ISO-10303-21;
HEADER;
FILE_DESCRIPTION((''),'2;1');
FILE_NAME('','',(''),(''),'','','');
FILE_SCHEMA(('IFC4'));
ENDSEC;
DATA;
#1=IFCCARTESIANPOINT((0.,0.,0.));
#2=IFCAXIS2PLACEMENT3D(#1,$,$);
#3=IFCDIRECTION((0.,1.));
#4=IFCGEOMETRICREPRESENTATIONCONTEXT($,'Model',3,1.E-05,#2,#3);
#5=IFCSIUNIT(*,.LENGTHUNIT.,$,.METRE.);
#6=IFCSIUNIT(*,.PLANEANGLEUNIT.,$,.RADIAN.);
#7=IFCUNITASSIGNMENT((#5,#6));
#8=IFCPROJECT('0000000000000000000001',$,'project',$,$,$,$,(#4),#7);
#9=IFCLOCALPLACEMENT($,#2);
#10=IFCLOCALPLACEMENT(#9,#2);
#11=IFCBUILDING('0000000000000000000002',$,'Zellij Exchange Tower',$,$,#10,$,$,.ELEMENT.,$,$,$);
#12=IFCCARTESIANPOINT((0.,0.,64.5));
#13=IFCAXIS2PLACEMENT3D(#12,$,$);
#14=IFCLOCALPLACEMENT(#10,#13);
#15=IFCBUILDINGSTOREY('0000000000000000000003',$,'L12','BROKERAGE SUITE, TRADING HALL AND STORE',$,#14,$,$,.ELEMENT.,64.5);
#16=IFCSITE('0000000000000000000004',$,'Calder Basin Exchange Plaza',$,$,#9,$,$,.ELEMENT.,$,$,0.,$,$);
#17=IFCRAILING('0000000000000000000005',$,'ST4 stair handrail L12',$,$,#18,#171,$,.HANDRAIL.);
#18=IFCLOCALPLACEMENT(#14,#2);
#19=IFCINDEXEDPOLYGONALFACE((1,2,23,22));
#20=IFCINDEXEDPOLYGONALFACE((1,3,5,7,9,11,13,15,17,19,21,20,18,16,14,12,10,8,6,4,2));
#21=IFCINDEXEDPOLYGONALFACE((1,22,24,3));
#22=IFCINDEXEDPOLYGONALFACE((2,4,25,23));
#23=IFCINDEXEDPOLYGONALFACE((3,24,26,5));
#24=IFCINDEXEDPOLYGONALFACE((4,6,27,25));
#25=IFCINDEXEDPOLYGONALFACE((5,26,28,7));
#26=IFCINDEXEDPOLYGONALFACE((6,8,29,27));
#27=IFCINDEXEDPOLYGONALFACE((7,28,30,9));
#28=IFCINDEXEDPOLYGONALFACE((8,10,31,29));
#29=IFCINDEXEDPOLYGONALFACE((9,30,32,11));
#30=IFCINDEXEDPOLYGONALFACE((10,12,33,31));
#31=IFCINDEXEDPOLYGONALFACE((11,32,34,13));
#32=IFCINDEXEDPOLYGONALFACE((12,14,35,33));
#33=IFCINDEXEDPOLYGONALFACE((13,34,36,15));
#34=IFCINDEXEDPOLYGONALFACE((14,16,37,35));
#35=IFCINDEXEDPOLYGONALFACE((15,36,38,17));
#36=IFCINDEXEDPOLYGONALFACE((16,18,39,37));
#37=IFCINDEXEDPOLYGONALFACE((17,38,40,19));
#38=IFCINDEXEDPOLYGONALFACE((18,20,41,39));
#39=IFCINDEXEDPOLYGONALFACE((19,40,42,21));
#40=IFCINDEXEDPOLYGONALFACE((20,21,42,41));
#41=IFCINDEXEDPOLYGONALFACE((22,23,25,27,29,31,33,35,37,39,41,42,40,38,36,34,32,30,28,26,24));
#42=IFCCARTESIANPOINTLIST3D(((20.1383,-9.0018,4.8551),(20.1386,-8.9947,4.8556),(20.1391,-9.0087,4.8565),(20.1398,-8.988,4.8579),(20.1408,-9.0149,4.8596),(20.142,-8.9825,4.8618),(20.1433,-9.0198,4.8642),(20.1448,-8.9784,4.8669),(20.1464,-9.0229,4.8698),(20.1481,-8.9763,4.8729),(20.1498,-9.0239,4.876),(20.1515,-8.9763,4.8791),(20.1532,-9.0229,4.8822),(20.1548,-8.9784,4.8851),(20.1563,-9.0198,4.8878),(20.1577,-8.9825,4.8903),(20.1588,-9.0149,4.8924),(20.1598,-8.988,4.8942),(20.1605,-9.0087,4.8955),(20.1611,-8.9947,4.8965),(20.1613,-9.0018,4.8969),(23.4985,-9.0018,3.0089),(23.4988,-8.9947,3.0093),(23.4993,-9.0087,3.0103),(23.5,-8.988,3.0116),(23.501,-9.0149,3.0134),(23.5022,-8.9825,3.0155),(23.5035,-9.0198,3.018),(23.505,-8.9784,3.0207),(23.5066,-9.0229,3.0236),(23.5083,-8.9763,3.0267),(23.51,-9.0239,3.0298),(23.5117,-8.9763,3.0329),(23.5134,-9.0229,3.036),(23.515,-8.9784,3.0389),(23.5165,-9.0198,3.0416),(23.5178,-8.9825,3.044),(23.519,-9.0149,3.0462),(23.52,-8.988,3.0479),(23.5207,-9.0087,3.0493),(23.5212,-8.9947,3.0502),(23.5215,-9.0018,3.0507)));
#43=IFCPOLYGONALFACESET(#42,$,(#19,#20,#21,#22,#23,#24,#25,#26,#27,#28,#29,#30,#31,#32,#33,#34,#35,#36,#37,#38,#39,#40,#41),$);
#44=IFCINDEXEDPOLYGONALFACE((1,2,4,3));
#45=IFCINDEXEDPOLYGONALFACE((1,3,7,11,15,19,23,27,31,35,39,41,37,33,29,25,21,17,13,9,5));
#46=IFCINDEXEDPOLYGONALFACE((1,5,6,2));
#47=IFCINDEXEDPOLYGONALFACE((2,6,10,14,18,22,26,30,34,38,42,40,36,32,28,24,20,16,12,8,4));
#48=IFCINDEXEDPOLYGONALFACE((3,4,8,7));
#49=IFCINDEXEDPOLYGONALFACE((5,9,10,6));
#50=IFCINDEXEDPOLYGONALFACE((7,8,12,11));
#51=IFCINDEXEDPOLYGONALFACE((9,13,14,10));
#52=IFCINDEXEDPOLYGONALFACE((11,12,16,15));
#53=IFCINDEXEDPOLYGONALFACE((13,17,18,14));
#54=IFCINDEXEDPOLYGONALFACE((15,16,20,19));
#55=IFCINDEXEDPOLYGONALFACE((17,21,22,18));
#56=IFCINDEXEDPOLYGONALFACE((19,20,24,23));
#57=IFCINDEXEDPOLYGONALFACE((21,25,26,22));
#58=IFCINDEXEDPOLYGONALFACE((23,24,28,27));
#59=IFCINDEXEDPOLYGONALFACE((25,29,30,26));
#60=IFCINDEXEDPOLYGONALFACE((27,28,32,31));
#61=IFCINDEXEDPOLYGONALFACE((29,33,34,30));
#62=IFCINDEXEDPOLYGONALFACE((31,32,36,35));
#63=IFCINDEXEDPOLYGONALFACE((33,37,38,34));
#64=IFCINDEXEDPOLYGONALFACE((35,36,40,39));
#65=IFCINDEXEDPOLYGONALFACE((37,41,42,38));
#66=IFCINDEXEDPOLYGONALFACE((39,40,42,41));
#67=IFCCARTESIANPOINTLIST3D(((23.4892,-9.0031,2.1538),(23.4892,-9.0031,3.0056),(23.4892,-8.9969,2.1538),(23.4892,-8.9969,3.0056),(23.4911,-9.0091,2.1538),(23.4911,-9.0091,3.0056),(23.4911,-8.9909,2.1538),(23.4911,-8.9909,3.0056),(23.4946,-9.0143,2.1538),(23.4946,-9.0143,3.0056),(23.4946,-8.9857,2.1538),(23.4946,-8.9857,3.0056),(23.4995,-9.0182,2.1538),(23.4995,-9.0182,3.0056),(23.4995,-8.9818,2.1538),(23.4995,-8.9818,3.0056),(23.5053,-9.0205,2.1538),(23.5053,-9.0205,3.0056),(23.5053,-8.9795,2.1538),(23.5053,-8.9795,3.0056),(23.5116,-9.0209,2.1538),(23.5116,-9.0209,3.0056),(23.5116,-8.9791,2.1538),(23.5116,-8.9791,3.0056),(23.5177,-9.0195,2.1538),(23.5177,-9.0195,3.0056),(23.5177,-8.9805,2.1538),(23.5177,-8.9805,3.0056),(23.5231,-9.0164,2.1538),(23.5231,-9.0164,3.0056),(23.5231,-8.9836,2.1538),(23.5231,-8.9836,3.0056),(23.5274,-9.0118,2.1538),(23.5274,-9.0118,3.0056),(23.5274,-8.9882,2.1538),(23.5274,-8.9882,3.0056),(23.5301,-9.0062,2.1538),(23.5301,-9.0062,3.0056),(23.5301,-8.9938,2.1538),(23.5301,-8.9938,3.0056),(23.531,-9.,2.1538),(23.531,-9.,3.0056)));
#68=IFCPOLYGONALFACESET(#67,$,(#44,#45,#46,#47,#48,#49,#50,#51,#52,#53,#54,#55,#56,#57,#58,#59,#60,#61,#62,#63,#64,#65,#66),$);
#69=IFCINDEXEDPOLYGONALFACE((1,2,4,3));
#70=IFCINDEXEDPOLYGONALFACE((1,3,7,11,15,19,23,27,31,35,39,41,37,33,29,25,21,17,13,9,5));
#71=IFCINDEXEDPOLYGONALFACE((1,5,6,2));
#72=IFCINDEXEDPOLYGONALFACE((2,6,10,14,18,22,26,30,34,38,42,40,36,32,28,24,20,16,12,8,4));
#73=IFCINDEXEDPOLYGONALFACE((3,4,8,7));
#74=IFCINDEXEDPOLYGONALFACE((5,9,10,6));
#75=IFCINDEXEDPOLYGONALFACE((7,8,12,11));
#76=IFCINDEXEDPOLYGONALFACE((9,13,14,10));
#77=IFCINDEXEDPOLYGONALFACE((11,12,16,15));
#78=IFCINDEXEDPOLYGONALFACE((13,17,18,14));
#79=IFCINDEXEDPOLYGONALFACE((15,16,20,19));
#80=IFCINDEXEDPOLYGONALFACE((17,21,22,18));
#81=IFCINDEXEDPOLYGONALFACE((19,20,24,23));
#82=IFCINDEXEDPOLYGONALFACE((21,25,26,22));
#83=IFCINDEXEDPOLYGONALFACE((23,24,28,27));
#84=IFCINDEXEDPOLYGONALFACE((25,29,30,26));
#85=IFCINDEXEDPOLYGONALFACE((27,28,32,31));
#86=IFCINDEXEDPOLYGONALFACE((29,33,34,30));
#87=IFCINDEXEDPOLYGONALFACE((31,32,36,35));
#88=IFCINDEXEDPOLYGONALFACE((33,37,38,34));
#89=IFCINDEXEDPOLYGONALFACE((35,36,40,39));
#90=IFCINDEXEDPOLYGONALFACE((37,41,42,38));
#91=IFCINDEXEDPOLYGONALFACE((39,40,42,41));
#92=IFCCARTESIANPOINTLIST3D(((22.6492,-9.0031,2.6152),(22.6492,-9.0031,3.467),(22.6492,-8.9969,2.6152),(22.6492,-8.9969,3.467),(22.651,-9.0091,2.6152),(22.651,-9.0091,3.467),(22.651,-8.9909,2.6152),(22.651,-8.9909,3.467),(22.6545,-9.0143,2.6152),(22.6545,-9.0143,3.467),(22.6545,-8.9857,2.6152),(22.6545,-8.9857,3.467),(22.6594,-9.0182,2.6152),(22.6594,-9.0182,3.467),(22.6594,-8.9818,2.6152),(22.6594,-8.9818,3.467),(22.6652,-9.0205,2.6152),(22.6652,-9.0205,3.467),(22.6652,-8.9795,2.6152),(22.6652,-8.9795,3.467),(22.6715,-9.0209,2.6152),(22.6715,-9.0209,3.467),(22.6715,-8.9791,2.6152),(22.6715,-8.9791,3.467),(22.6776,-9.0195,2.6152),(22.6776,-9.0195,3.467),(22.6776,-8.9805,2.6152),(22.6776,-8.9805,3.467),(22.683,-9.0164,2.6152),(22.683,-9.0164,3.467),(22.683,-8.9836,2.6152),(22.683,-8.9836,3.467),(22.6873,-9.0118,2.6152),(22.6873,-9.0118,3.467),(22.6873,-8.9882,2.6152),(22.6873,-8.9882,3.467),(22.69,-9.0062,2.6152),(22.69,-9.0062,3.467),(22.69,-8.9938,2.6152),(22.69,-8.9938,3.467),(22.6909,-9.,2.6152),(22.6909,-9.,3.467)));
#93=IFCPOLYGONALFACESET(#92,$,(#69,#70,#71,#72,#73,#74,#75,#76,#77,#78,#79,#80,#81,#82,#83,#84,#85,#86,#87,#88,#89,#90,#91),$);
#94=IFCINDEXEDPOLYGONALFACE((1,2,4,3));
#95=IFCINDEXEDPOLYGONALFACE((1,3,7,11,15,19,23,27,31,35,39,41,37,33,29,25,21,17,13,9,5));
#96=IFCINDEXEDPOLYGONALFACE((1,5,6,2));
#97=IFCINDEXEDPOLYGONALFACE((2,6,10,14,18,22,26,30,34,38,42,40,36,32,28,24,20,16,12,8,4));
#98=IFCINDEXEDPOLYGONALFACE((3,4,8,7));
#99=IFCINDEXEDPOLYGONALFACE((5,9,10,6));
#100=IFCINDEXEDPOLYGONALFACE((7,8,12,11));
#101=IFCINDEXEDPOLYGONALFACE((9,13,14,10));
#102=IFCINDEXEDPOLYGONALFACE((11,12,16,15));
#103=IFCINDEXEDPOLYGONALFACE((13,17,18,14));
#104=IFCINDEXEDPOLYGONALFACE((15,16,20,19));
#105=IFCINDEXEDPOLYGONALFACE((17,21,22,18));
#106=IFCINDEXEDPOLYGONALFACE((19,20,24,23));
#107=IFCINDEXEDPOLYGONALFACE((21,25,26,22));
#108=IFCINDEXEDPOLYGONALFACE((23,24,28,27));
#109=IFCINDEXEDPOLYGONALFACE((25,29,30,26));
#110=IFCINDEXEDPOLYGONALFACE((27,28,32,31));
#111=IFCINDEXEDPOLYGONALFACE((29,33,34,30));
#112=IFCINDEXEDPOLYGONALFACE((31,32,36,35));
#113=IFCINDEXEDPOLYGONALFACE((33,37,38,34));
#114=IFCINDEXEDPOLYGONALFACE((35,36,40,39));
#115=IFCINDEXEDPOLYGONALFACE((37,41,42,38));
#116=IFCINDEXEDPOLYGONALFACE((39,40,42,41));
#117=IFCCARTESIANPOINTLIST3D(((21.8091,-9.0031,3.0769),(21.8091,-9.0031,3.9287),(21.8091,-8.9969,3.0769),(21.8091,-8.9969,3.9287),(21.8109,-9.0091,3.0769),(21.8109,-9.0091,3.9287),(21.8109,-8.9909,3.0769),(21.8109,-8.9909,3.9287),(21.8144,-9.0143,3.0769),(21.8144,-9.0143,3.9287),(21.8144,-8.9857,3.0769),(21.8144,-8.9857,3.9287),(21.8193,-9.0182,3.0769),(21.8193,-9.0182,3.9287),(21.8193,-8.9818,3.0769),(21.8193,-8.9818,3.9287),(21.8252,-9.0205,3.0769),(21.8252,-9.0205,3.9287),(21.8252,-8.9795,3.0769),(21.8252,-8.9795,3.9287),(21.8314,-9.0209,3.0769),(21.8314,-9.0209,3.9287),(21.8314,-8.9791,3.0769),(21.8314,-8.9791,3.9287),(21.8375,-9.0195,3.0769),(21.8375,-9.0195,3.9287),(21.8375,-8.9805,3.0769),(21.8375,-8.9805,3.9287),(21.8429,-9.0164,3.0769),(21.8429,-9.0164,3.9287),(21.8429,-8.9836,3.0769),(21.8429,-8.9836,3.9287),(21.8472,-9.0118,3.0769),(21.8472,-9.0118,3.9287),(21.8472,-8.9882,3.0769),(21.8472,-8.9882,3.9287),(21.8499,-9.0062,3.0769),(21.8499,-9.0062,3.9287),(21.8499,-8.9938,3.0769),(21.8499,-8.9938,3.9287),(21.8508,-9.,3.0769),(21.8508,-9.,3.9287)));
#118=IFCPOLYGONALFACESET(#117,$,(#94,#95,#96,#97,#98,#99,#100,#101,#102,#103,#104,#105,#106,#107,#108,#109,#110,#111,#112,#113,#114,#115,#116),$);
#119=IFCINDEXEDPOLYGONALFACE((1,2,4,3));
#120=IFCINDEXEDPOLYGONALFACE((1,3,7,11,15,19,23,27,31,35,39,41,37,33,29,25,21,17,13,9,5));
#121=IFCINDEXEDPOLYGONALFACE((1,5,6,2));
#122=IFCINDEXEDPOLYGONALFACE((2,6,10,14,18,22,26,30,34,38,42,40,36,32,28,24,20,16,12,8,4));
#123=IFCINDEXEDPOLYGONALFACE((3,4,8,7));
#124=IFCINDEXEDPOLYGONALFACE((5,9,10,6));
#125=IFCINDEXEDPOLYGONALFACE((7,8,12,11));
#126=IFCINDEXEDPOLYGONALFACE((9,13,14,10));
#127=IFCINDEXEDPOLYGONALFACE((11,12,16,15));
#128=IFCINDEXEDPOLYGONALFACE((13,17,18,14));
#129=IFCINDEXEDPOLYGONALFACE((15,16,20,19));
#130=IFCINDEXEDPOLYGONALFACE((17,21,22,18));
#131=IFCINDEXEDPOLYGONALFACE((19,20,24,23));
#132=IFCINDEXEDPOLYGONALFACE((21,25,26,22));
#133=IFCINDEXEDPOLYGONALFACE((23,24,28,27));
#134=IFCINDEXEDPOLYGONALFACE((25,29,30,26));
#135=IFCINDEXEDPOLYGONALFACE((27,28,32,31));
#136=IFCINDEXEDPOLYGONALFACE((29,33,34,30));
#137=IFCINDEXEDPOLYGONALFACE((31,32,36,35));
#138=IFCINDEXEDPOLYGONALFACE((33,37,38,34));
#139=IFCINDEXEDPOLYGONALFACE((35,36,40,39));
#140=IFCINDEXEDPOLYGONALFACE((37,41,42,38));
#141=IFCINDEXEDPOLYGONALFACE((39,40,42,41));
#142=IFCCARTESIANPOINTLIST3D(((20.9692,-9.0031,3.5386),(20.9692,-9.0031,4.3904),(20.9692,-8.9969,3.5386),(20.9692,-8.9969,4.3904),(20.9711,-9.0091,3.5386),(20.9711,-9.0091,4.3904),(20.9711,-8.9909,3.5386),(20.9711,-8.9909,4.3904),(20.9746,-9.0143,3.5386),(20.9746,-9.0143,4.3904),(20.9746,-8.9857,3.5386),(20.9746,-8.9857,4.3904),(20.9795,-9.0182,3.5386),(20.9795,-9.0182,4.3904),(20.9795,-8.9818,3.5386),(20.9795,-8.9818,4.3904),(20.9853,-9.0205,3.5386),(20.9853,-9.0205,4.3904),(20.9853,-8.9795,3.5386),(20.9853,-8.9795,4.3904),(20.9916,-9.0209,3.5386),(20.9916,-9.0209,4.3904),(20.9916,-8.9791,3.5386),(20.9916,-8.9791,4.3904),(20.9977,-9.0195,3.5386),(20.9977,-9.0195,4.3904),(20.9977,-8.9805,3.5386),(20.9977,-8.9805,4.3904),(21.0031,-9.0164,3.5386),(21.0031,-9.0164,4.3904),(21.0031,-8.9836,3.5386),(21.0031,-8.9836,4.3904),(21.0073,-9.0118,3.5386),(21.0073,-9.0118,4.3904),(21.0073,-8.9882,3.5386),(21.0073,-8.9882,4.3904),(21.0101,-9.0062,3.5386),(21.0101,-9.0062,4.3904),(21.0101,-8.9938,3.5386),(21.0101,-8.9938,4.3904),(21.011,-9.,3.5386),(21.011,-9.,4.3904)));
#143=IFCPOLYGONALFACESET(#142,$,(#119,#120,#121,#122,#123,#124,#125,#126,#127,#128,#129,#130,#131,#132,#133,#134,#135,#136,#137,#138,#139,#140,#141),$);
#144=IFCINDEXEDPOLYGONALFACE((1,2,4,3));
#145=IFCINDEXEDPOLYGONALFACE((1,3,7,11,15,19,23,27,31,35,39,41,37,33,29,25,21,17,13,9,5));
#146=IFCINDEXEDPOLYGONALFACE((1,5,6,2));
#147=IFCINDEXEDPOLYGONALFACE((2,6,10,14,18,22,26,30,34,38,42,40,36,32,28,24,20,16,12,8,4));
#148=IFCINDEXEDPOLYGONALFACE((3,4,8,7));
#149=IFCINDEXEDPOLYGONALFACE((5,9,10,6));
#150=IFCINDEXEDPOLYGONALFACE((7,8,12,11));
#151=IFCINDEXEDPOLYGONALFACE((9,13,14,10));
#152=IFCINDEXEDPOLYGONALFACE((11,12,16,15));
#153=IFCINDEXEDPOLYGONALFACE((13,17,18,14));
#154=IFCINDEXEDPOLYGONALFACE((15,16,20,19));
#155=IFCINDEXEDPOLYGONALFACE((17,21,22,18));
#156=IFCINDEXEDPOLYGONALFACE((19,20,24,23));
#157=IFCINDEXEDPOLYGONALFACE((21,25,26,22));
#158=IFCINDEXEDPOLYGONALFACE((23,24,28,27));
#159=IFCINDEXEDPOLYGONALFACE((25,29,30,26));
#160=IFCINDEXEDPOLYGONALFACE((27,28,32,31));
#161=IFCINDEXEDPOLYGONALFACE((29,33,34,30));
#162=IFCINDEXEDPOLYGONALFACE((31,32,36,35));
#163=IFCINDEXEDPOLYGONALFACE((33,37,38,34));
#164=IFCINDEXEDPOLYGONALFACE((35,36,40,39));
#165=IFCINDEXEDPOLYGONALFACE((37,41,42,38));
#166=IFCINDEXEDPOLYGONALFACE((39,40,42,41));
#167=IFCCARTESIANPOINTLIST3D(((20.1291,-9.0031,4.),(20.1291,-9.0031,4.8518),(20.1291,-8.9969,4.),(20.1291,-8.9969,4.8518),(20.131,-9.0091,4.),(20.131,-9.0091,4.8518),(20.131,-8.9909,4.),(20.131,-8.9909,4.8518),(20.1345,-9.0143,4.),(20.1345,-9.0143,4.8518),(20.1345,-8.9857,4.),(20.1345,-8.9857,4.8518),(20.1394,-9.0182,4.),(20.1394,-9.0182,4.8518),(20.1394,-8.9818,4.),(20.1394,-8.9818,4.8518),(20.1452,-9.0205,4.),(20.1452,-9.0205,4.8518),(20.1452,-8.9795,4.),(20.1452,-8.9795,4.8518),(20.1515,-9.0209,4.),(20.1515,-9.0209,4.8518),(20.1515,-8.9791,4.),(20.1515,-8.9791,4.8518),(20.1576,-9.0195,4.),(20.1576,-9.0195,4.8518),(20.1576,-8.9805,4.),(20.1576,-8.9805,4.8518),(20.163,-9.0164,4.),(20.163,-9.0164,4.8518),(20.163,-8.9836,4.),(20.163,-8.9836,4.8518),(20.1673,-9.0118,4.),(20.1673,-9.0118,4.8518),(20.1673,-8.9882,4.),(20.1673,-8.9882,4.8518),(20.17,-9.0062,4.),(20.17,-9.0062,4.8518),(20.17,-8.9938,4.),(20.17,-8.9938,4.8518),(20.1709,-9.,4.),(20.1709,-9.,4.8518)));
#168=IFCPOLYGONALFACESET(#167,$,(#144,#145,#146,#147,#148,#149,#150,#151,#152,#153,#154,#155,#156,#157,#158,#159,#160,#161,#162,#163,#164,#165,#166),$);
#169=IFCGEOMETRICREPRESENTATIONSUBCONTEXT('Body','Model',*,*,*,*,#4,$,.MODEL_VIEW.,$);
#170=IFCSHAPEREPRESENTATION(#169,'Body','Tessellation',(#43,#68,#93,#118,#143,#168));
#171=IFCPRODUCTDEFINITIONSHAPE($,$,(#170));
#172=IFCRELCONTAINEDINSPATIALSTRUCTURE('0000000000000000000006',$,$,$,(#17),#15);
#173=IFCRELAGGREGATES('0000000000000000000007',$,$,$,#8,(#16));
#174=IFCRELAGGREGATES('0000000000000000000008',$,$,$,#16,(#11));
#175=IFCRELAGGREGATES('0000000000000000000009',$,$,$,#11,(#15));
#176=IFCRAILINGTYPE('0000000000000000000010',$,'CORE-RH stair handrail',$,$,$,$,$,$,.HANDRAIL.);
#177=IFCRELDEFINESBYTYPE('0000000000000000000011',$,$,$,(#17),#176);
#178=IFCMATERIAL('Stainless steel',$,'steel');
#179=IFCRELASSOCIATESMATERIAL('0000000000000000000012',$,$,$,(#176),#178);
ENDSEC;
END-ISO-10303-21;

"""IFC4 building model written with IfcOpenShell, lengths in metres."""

from ifc_helpers import new_model, si_unit, direction, frame, origin, origin_2d, place, context, subcontext, project, spatial, circle, extrude, material, type_object, element, save


model = new_model("IFC4")

# Units and contexts
model_context = context("Model", 3, precision=1e-05, world=origin(), true_north=direction((0.0, 1.0)))
body_context = subcontext(model_context, "Body", "Model", "MODEL_VIEW")
ifc_project = project(units=[si_unit("LENGTHUNIT", "METRE"), si_unit("PLANEANGLEUNIT", "RADIAN")], contexts=[model_context])

# Site, building, storey
site_placement = place(None, origin())
site = spatial("IfcSite", under=ifc_project, at=site_placement, Name="Calder Basin Exchange Plaza", CompositionType="ELEMENT", RefElevation=0.0)
building_placement = place(site_placement, origin())
building = spatial("IfcBuilding", under=site, at=building_placement, Name="Zellij Exchange Tower", CompositionType="ELEMENT")
storey_placement = place(building_placement, frame((0.0, 0.0, 64.5)))
storey = spatial("IfcBuildingStorey", under=building, at=storey_placement, Name="L12", Description="BROKERAGE SUITE, TRADING HALL AND STORE", CompositionType="ELEMENT", Elevation=64.5)

# Railing
ifc_material_1 = material(Name="Stainless steel", Category="steel")
railing_type = type_object("IfcRailingType", Name="CORE-RH stair handrail", PredefinedType="HANDRAIL", material=ifc_material_1)
railing_1_placement = place(storey_placement, frame((23.51, -9.0, 2.1538)))
element("IfcRailing", 1, at=railing_1_placement, inside=storey, type_object=railing_type, Name="ST4 stair handrail L12", PredefinedType="HANDRAIL", context=body_context, shape_type="SweptSolid", body=[
    extrude(circle(Radius=0.0239, at=origin_2d()), frame((0.0, 0.0, 0.876), z_axis=(-0.876422, 0.0, 0.481545), x_axis=(0.0, -1.0, 0.0)), (0.0, 0.0, 1.0), 3.834),
    extrude(circle(Radius=0.021, at=origin_2d()), origin(), (0.0, 0.0, 1.0), 0.8518),
    extrude(circle(Radius=0.021, at=origin_2d()), frame((-0.8401, 0.0, 0.4614)), (0.0, 0.0, 1.0), 0.8518),
    extrude(circle(Radius=0.021, at=origin_2d()), frame((-1.6802, 0.0, 0.9231)), (0.0, 0.0, 1.0), 0.8518),
    extrude(circle(Radius=0.021, at=origin_2d()), frame((-2.52, 0.0, 1.3848)), (0.0, 0.0, 1.0), 0.8518),
    extrude(circle(Radius=0.021, at=origin_2d()), frame((-3.3601, 0.0, 1.8462)), (0.0, 0.0, 1.0), 0.8518),
])

save(model, "model.ifc")
